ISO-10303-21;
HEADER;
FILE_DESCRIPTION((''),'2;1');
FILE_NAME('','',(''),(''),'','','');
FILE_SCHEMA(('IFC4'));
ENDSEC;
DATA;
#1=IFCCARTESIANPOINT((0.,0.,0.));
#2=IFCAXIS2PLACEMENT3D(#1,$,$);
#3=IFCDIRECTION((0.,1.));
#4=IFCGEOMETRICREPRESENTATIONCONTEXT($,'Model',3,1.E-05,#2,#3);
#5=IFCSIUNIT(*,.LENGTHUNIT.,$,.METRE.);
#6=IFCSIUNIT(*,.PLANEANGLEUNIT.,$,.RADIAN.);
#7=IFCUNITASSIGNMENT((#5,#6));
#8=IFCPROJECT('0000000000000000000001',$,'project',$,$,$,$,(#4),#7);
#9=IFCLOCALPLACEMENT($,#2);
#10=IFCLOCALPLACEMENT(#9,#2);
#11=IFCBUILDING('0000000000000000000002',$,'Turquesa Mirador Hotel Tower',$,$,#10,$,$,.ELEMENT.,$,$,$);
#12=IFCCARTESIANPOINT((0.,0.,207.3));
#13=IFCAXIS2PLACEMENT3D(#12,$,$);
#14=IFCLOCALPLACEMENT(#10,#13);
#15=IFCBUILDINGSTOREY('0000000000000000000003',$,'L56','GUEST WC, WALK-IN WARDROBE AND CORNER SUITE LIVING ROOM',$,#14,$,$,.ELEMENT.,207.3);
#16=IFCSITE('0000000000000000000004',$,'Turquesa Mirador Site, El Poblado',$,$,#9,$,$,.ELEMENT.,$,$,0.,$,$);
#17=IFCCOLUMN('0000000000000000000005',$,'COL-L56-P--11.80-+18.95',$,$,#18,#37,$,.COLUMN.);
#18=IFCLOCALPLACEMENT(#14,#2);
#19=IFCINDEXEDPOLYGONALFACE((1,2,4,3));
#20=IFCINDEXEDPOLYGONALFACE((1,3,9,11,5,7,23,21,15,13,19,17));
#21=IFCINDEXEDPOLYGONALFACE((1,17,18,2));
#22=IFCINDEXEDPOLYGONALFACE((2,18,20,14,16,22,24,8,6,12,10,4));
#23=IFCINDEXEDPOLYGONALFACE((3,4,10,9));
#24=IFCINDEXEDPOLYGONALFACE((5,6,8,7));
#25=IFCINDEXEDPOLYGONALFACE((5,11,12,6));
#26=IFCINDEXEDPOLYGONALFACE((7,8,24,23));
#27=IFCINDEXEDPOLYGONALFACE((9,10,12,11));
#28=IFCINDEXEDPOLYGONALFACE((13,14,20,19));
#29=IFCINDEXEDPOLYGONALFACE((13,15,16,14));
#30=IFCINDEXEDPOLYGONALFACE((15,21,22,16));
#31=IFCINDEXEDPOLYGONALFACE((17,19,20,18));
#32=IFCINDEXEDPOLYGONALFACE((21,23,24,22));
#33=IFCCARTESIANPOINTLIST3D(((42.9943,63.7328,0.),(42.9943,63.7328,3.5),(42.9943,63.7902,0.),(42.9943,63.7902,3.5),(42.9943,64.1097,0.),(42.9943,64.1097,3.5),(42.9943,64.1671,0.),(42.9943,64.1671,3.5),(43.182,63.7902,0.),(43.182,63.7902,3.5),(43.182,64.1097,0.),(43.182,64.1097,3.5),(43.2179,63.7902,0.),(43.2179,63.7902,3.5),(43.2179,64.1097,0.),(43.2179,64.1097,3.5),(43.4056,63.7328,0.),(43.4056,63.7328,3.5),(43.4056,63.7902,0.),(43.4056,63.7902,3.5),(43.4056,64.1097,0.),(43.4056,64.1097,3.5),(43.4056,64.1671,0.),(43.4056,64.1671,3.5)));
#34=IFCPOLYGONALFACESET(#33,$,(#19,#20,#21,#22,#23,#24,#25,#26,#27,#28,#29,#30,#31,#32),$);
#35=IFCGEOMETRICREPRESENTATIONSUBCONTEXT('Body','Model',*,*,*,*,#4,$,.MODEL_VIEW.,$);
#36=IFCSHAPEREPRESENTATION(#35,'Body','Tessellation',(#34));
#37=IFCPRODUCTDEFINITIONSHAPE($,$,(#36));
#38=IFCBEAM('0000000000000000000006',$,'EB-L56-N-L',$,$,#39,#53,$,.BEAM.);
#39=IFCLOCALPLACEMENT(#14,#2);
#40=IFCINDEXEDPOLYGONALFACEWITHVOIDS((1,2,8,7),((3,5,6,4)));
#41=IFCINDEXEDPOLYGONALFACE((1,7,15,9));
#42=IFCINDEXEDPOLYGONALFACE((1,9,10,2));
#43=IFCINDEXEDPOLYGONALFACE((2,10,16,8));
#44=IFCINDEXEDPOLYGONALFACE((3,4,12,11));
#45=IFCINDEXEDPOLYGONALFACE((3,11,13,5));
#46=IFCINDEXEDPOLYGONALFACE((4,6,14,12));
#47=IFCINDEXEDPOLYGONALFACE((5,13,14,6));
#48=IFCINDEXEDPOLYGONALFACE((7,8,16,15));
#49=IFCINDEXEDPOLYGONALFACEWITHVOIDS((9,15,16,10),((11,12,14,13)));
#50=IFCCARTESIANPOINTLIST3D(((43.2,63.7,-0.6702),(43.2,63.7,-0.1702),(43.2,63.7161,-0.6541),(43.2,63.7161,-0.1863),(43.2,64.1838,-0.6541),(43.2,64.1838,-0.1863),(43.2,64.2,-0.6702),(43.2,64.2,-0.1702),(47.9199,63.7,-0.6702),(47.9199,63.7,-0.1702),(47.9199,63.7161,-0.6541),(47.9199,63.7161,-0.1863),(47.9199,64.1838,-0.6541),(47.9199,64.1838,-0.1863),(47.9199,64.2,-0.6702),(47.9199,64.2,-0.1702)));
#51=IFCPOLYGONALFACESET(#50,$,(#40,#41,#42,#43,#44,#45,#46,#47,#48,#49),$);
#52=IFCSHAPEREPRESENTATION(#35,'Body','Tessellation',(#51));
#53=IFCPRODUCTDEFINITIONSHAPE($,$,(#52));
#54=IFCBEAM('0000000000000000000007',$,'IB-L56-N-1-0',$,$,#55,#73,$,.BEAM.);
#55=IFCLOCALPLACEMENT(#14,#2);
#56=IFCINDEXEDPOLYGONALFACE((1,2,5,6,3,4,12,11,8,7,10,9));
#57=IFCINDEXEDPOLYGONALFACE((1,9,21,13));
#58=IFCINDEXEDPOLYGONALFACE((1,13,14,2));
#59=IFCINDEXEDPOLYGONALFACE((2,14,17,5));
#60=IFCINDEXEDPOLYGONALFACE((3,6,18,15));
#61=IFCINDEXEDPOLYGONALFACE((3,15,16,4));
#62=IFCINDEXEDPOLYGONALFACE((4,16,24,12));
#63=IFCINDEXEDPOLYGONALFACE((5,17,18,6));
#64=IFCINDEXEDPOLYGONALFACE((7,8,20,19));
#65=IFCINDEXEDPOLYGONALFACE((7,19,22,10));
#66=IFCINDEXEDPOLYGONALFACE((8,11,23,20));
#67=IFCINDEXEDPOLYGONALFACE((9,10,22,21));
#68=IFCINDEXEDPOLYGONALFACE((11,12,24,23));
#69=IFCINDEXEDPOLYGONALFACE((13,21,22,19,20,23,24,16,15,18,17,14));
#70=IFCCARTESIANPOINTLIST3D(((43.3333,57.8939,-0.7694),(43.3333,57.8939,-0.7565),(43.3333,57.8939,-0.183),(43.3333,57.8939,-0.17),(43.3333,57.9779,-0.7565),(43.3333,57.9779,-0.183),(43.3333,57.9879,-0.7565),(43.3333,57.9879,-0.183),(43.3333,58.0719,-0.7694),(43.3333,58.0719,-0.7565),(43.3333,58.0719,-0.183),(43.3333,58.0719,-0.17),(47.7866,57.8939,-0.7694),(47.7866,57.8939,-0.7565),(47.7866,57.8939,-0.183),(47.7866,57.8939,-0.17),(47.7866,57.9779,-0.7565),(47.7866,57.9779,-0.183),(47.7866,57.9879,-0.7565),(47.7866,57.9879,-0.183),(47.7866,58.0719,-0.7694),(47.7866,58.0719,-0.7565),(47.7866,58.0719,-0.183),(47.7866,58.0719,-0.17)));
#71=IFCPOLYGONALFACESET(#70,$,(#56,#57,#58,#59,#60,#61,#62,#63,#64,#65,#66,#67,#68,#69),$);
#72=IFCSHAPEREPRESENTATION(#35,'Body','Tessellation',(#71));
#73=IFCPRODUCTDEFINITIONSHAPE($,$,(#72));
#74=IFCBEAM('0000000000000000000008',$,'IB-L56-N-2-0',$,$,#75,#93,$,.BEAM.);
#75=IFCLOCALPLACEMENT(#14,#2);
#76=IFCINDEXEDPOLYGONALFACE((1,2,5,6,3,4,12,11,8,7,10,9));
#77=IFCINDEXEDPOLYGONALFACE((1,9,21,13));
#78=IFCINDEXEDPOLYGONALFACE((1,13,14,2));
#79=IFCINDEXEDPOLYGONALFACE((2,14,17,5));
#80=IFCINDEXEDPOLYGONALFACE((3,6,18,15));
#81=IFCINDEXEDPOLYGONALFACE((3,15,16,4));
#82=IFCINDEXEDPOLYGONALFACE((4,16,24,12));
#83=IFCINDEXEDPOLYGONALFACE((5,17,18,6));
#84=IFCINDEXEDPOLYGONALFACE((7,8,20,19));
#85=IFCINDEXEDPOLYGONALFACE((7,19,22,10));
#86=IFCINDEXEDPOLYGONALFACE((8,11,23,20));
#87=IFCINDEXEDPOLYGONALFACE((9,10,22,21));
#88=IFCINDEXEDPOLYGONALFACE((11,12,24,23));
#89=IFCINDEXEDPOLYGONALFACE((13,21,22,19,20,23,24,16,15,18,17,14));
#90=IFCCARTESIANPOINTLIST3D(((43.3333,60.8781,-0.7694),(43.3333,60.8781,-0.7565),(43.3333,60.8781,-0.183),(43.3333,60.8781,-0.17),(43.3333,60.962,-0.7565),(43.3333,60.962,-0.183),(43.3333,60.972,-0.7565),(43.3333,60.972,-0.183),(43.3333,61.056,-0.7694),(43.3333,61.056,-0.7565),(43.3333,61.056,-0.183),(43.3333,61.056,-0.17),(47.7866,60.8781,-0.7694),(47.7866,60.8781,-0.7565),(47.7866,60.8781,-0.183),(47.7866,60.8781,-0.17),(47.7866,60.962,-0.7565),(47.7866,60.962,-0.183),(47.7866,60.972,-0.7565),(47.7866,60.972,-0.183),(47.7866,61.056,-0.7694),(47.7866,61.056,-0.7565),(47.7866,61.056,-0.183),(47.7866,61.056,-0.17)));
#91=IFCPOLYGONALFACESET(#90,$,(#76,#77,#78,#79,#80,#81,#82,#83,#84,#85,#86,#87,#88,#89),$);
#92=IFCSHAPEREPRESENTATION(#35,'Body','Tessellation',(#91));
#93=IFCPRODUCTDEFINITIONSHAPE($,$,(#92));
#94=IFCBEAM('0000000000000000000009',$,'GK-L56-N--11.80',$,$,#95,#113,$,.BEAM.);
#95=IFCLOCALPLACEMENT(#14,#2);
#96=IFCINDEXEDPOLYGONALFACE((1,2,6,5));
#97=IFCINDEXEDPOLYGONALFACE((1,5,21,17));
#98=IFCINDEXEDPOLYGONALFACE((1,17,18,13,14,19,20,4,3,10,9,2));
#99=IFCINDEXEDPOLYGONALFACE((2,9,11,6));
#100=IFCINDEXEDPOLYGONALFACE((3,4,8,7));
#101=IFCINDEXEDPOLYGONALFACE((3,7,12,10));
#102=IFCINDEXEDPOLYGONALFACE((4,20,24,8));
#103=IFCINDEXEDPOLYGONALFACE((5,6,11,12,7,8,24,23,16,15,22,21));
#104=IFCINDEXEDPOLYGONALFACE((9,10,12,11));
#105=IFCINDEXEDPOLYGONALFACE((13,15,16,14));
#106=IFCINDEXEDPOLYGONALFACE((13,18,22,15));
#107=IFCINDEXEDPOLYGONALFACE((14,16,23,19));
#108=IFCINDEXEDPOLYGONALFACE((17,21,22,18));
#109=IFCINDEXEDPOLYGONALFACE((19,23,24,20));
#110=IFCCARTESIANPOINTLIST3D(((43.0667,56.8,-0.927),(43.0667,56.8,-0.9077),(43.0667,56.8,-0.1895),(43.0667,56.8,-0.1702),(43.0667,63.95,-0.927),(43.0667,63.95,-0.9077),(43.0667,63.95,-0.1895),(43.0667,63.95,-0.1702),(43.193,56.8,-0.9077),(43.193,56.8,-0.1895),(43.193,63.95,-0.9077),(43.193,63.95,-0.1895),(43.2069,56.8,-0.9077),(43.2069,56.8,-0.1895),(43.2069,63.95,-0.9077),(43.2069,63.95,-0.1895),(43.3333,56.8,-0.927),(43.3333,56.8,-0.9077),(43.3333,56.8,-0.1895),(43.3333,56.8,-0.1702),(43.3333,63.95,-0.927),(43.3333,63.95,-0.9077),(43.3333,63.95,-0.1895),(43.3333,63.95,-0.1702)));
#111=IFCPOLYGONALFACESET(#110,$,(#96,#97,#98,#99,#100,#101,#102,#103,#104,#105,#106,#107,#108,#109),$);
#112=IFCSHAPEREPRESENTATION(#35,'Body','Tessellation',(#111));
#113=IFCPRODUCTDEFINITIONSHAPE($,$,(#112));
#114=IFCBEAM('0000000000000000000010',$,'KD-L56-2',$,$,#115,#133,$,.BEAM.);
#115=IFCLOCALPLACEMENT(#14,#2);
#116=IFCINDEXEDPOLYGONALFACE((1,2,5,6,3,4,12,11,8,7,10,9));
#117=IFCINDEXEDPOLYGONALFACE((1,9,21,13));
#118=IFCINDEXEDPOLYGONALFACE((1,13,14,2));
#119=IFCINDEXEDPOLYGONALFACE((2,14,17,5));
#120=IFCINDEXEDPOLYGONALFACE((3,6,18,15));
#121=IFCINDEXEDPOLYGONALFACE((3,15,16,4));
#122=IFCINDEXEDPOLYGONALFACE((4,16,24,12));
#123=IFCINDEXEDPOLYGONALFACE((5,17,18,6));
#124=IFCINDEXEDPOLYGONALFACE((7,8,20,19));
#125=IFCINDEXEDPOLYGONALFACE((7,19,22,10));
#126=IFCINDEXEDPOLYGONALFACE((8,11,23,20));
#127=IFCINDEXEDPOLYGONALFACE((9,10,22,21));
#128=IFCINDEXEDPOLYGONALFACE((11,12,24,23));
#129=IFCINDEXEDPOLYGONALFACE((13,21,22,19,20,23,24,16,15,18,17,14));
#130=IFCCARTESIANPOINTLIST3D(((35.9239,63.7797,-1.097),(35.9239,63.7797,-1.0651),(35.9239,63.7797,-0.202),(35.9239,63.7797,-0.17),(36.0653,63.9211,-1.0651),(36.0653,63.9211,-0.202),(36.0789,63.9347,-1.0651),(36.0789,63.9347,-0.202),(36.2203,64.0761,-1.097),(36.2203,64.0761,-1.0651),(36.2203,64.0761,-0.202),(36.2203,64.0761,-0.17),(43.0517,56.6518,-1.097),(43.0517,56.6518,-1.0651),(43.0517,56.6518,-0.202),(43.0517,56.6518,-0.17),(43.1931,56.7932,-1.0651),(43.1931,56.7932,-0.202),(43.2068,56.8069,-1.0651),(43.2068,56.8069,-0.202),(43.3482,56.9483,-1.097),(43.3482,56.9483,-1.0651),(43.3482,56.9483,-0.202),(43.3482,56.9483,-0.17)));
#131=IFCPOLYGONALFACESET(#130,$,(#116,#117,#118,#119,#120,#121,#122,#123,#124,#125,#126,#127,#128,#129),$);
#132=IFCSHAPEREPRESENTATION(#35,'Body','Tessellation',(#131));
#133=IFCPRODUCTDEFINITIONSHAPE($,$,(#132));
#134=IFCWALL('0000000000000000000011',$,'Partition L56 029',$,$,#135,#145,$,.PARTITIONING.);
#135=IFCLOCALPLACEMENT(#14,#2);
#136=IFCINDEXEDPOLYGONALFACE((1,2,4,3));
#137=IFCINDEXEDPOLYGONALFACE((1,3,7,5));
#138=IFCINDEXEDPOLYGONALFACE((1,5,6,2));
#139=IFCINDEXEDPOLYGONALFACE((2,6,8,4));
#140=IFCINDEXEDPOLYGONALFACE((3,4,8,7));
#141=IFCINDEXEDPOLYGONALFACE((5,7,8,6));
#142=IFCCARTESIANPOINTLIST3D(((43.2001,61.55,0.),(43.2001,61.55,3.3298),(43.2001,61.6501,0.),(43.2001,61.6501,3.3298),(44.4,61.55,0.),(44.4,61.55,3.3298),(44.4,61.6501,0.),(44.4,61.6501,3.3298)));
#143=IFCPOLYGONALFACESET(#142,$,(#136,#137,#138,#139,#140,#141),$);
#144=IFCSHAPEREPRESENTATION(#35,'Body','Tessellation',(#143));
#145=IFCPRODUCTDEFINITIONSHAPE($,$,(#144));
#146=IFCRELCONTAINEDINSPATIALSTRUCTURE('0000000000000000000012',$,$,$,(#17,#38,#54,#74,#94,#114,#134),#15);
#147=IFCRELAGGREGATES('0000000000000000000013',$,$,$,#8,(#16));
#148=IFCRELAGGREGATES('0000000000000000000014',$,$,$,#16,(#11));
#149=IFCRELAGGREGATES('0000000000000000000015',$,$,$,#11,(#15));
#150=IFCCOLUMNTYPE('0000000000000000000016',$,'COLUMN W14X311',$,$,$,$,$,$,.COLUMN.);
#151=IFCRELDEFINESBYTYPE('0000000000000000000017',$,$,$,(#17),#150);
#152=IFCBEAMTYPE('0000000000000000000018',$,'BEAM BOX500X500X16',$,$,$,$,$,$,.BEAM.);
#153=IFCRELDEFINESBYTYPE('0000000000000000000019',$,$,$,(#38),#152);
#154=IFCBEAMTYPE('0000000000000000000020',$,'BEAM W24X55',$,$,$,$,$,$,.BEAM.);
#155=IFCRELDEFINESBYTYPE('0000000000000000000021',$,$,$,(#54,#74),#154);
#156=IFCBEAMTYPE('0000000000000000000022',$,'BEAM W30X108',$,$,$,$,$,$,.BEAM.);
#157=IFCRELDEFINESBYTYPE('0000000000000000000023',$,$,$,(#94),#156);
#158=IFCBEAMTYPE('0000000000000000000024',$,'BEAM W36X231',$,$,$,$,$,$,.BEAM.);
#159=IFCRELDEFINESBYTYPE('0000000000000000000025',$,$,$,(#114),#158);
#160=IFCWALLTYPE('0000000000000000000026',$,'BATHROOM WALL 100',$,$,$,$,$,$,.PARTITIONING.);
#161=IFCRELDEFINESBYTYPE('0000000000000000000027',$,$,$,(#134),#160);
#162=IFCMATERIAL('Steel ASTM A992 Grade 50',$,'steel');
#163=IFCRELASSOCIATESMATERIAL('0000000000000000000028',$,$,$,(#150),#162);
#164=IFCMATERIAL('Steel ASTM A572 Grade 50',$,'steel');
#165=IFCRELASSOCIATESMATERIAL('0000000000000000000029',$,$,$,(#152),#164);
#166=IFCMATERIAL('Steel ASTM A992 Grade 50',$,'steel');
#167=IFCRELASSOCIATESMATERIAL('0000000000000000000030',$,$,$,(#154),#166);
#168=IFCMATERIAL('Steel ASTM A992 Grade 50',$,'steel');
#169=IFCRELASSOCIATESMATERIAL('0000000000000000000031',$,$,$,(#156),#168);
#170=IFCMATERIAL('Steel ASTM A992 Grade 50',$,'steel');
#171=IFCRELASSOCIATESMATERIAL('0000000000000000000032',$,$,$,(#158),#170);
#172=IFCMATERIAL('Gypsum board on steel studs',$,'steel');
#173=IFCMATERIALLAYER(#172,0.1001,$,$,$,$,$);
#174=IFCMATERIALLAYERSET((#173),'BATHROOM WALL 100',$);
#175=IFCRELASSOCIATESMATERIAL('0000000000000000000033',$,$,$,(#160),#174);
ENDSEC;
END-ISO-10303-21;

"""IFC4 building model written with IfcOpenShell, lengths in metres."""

from ifc_helpers import new_model, si_unit, direction, frame, frame_2d, origin, origin_2d, place, context, subcontext, project, spatial, rectangle, hollow_rectangle, i_section, extrude, material, layer, layer_set, material_profile, profile_set, type_object, element, save


model = new_model("IFC4")

# Units and contexts
model_context = context("Model", 3, precision=1e-05, world=origin(), true_north=direction((0.0, 1.0)))
body_context = subcontext(model_context, "Body", "Model", "MODEL_VIEW")
ifc_project = project(units=[si_unit("LENGTHUNIT", "METRE"), si_unit("PLANEANGLEUNIT", "RADIAN")], contexts=[model_context])

# Site, building, storey
site_placement = place(None, origin())
site = spatial("IfcSite", under=ifc_project, at=site_placement, Name="Turquesa Mirador Site, El Poblado", CompositionType="ELEMENT", RefElevation=0.0)
building_placement = place(site_placement, origin())
building = spatial("IfcBuilding", under=site, at=building_placement, Name="Turquesa Mirador Hotel Tower", CompositionType="ELEMENT")
storey_placement = place(building_placement, frame((0.0, 0.0, 207.3)))
storey = spatial("IfcBuildingStorey", under=building, at=storey_placement, Name="L56", Description="GUEST WC, WALK-IN WARDROBE AND CORNER SUITE LIVING ROOM", CompositionType="ELEMENT", Elevation=207.3)

# Column
ifc_material_1 = material(Name="Steel ASTM A992 Grade 50", Category="steel")
ifc_material_profile_1 = material_profile(ifc_material_1, i_section(OverallWidth=0.4114, OverallDepth=0.4343, WebThickness=0.0359, FlangeThickness=0.0574, at=origin_2d()), Name="W14X311")
ifc_profile_set_1 = profile_set([ifc_material_profile_1], Name="Steel ASTM A992 Grade 50")
column_type = type_object("IfcColumnType", Name="COLUMN W14X311", PredefinedType="COLUMN", material=ifc_profile_set_1)
column_placement = place(storey_placement, frame((43.2, 63.95, 0.0), z_axis=(0.0, 0.0, 1.0), x_axis=(1.0, 0.0, 0.0)))
element("IfcColumn", 1, at=column_placement, inside=storey, type_object=column_type, Name="COL-L56-P--11.80-+18.95", PredefinedType="COLUMN", context=body_context, shape_type="SweptSolid", body=[
    extrude(i_section(OverallWidth=0.4114, OverallDepth=0.4343, WebThickness=0.0359, FlangeThickness=0.0574, at=origin_2d()), origin(), (0.0, 0.0, 1.0), 3.5),
])

# Beams
ifc_material_2 = material(Name="Steel ASTM A572 Grade 50", Category="steel")
ifc_material_profile_2 = material_profile(ifc_material_2, hollow_rectangle(XDim=0.5, YDim=0.5, WallThickness=0.0161, at=origin_2d()), Name="BOX500X500X16")
ifc_profile_set_2 = profile_set([ifc_material_profile_2], Name="Steel ASTM A572 Grade 50")
beam_type_1 = type_object("IfcBeamType", Name="BEAM BOX500X500X16", PredefinedType="BEAM", material=ifc_profile_set_2)
beam_1_placement = place(storey_placement, frame((43.2, 63.95, -0.4202), z_axis=(1.0, 0.0, 0.0), x_axis=(0.0, 1.0, 0.0)))
element("IfcBeam", 2, at=beam_1_placement, inside=storey, type_object=beam_type_1, Name="EB-L56-N-L", PredefinedType="BEAM", context=body_context, shape_type="SweptSolid", body=[
    extrude(hollow_rectangle(XDim=0.5, YDim=0.5, WallThickness=0.0161, at=origin_2d()), origin(), (0.0, 0.0, 1.0), 4.72),
])
ifc_material_3 = material(Name="Steel ASTM A992 Grade 50", Category="steel")
ifc_material_profile_3 = material_profile(ifc_material_3, i_section(OverallWidth=0.178, OverallDepth=0.5994, WebThickness=0.01, FlangeThickness=0.0129, at=origin_2d()), Name="W24X55")
ifc_profile_set_3 = profile_set([ifc_material_profile_3], Name="Steel ASTM A992 Grade 50")
beam_type_2 = type_object("IfcBeamType", Name="BEAM W24X55", PredefinedType="BEAM", material=ifc_profile_set_3)
for number, where, z_axis, x_axis, name in (
    (3, (43.3333, 57.9829, -0.4697), (1.0, 0.0, 0.0), (0.0, 1.0, 0.0), "IB-L56-N-1-0"),
    (4, (43.3333, 60.967, -0.4697), (1.0, 0.0, 0.0), (0.0, 1.0, 0.0), "IB-L56-N-2-0"),
):
    element("IfcBeam", number, at=place(storey_placement, frame(where, z_axis=z_axis, x_axis=x_axis)), inside=storey, type_object=beam_type_2, Name=name, PredefinedType="BEAM", context=body_context, shape_type="SweptSolid", body=[
        extrude(i_section(OverallWidth=0.178, OverallDepth=0.5994, WebThickness=0.01, FlangeThickness=0.0129, at=origin_2d()), origin(), (0.0, 0.0, 1.0), 4.4534),
    ])
ifc_material_4 = material(Name="Steel ASTM A992 Grade 50", Category="steel")
ifc_material_profile_4 = material_profile(ifc_material_4, i_section(OverallWidth=0.2666, OverallDepth=0.7568, WebThickness=0.0139, FlangeThickness=0.0193, at=origin_2d()), Name="W30X108")
ifc_profile_set_4 = profile_set([ifc_material_profile_4], Name="Steel ASTM A992 Grade 50")
beam_type_3 = type_object("IfcBeamType", Name="BEAM W30X108", PredefinedType="BEAM", material=ifc_profile_set_4)
beam_2_placement = place(storey_placement, frame((43.2, 63.95, -0.5486), z_axis=(0.0, -1.0, 0.0), x_axis=(1.0, 0.0, 0.0)))
element("IfcBeam", 5, at=beam_2_placement, inside=storey, type_object=beam_type_3, Name="GK-L56-N--11.80", PredefinedType="BEAM", context=body_context, shape_type="SweptSolid", body=[
    extrude(i_section(OverallWidth=0.2666, OverallDepth=0.7568, WebThickness=0.0139, FlangeThickness=0.0193, at=origin_2d()), origin(), (0.0, 0.0, 1.0), 7.1499),
])
ifc_material_5 = material(Name="Steel ASTM A992 Grade 50", Category="steel")
ifc_material_profile_5 = material_profile(ifc_material_5, i_section(OverallWidth=0.4192, OverallDepth=0.927, WebThickness=0.0193, FlangeThickness=0.032, at=origin_2d()), Name="W36X231")
ifc_profile_set_5 = profile_set([ifc_material_profile_5], Name="Steel ASTM A992 Grade 50")
beam_type_4 = type_object("IfcBeamType", Name="BEAM W36X231", PredefinedType="BEAM", material=ifc_profile_set_5)
beam_3_placement = place(storey_placement, frame((43.2, 56.8, -0.6335), z_axis=(-0.707107, 0.707107, 0.0), x_axis=(-0.707107, -0.707107, 0.0)))
element("IfcBeam", 6, at=beam_3_placement, inside=storey, type_object=beam_type_4, Name="KD-L56-2", PredefinedType="BEAM", context=body_context, shape_type="SweptSolid", body=[
    extrude(i_section(OverallWidth=0.4192, OverallDepth=0.927, WebThickness=0.0193, FlangeThickness=0.032, at=origin_2d()), origin(), (0.0, 0.0, 1.0), 10.0803),
])

# Wall
ifc_material_6 = material(Name="Gypsum board on steel studs", Category="steel")
ifc_layer_1 = layer(ifc_material_6, 0.1001)
ifc_layer_set_1 = layer_set([ifc_layer_1], Name="BATHROOM WALL 100")
wall_type_1 = type_object("IfcWallType", Name="BATHROOM WALL 100", PredefinedType="PARTITIONING", material=ifc_layer_set_1)
wall_1_placement = place(storey_placement, frame((43.2, 61.6001, 0.0), z_axis=(0.0, 0.0, 1.0), x_axis=(1.0, 0.0, 0.0)))
element("IfcWall", 7, at=wall_1_placement, inside=storey, type_object=wall_type_1, Name="Partition L56 029", PredefinedType="PARTITIONING", context=body_context, shape_type="SweptSolid", body=[
    extrude(rectangle(XDim=1.2, YDim=0.1001, at=frame_2d((0.6001, 0.0))), origin(), (0.0, 0.0, 1.0), 3.3298),
])

save(model, "model.ifc")
